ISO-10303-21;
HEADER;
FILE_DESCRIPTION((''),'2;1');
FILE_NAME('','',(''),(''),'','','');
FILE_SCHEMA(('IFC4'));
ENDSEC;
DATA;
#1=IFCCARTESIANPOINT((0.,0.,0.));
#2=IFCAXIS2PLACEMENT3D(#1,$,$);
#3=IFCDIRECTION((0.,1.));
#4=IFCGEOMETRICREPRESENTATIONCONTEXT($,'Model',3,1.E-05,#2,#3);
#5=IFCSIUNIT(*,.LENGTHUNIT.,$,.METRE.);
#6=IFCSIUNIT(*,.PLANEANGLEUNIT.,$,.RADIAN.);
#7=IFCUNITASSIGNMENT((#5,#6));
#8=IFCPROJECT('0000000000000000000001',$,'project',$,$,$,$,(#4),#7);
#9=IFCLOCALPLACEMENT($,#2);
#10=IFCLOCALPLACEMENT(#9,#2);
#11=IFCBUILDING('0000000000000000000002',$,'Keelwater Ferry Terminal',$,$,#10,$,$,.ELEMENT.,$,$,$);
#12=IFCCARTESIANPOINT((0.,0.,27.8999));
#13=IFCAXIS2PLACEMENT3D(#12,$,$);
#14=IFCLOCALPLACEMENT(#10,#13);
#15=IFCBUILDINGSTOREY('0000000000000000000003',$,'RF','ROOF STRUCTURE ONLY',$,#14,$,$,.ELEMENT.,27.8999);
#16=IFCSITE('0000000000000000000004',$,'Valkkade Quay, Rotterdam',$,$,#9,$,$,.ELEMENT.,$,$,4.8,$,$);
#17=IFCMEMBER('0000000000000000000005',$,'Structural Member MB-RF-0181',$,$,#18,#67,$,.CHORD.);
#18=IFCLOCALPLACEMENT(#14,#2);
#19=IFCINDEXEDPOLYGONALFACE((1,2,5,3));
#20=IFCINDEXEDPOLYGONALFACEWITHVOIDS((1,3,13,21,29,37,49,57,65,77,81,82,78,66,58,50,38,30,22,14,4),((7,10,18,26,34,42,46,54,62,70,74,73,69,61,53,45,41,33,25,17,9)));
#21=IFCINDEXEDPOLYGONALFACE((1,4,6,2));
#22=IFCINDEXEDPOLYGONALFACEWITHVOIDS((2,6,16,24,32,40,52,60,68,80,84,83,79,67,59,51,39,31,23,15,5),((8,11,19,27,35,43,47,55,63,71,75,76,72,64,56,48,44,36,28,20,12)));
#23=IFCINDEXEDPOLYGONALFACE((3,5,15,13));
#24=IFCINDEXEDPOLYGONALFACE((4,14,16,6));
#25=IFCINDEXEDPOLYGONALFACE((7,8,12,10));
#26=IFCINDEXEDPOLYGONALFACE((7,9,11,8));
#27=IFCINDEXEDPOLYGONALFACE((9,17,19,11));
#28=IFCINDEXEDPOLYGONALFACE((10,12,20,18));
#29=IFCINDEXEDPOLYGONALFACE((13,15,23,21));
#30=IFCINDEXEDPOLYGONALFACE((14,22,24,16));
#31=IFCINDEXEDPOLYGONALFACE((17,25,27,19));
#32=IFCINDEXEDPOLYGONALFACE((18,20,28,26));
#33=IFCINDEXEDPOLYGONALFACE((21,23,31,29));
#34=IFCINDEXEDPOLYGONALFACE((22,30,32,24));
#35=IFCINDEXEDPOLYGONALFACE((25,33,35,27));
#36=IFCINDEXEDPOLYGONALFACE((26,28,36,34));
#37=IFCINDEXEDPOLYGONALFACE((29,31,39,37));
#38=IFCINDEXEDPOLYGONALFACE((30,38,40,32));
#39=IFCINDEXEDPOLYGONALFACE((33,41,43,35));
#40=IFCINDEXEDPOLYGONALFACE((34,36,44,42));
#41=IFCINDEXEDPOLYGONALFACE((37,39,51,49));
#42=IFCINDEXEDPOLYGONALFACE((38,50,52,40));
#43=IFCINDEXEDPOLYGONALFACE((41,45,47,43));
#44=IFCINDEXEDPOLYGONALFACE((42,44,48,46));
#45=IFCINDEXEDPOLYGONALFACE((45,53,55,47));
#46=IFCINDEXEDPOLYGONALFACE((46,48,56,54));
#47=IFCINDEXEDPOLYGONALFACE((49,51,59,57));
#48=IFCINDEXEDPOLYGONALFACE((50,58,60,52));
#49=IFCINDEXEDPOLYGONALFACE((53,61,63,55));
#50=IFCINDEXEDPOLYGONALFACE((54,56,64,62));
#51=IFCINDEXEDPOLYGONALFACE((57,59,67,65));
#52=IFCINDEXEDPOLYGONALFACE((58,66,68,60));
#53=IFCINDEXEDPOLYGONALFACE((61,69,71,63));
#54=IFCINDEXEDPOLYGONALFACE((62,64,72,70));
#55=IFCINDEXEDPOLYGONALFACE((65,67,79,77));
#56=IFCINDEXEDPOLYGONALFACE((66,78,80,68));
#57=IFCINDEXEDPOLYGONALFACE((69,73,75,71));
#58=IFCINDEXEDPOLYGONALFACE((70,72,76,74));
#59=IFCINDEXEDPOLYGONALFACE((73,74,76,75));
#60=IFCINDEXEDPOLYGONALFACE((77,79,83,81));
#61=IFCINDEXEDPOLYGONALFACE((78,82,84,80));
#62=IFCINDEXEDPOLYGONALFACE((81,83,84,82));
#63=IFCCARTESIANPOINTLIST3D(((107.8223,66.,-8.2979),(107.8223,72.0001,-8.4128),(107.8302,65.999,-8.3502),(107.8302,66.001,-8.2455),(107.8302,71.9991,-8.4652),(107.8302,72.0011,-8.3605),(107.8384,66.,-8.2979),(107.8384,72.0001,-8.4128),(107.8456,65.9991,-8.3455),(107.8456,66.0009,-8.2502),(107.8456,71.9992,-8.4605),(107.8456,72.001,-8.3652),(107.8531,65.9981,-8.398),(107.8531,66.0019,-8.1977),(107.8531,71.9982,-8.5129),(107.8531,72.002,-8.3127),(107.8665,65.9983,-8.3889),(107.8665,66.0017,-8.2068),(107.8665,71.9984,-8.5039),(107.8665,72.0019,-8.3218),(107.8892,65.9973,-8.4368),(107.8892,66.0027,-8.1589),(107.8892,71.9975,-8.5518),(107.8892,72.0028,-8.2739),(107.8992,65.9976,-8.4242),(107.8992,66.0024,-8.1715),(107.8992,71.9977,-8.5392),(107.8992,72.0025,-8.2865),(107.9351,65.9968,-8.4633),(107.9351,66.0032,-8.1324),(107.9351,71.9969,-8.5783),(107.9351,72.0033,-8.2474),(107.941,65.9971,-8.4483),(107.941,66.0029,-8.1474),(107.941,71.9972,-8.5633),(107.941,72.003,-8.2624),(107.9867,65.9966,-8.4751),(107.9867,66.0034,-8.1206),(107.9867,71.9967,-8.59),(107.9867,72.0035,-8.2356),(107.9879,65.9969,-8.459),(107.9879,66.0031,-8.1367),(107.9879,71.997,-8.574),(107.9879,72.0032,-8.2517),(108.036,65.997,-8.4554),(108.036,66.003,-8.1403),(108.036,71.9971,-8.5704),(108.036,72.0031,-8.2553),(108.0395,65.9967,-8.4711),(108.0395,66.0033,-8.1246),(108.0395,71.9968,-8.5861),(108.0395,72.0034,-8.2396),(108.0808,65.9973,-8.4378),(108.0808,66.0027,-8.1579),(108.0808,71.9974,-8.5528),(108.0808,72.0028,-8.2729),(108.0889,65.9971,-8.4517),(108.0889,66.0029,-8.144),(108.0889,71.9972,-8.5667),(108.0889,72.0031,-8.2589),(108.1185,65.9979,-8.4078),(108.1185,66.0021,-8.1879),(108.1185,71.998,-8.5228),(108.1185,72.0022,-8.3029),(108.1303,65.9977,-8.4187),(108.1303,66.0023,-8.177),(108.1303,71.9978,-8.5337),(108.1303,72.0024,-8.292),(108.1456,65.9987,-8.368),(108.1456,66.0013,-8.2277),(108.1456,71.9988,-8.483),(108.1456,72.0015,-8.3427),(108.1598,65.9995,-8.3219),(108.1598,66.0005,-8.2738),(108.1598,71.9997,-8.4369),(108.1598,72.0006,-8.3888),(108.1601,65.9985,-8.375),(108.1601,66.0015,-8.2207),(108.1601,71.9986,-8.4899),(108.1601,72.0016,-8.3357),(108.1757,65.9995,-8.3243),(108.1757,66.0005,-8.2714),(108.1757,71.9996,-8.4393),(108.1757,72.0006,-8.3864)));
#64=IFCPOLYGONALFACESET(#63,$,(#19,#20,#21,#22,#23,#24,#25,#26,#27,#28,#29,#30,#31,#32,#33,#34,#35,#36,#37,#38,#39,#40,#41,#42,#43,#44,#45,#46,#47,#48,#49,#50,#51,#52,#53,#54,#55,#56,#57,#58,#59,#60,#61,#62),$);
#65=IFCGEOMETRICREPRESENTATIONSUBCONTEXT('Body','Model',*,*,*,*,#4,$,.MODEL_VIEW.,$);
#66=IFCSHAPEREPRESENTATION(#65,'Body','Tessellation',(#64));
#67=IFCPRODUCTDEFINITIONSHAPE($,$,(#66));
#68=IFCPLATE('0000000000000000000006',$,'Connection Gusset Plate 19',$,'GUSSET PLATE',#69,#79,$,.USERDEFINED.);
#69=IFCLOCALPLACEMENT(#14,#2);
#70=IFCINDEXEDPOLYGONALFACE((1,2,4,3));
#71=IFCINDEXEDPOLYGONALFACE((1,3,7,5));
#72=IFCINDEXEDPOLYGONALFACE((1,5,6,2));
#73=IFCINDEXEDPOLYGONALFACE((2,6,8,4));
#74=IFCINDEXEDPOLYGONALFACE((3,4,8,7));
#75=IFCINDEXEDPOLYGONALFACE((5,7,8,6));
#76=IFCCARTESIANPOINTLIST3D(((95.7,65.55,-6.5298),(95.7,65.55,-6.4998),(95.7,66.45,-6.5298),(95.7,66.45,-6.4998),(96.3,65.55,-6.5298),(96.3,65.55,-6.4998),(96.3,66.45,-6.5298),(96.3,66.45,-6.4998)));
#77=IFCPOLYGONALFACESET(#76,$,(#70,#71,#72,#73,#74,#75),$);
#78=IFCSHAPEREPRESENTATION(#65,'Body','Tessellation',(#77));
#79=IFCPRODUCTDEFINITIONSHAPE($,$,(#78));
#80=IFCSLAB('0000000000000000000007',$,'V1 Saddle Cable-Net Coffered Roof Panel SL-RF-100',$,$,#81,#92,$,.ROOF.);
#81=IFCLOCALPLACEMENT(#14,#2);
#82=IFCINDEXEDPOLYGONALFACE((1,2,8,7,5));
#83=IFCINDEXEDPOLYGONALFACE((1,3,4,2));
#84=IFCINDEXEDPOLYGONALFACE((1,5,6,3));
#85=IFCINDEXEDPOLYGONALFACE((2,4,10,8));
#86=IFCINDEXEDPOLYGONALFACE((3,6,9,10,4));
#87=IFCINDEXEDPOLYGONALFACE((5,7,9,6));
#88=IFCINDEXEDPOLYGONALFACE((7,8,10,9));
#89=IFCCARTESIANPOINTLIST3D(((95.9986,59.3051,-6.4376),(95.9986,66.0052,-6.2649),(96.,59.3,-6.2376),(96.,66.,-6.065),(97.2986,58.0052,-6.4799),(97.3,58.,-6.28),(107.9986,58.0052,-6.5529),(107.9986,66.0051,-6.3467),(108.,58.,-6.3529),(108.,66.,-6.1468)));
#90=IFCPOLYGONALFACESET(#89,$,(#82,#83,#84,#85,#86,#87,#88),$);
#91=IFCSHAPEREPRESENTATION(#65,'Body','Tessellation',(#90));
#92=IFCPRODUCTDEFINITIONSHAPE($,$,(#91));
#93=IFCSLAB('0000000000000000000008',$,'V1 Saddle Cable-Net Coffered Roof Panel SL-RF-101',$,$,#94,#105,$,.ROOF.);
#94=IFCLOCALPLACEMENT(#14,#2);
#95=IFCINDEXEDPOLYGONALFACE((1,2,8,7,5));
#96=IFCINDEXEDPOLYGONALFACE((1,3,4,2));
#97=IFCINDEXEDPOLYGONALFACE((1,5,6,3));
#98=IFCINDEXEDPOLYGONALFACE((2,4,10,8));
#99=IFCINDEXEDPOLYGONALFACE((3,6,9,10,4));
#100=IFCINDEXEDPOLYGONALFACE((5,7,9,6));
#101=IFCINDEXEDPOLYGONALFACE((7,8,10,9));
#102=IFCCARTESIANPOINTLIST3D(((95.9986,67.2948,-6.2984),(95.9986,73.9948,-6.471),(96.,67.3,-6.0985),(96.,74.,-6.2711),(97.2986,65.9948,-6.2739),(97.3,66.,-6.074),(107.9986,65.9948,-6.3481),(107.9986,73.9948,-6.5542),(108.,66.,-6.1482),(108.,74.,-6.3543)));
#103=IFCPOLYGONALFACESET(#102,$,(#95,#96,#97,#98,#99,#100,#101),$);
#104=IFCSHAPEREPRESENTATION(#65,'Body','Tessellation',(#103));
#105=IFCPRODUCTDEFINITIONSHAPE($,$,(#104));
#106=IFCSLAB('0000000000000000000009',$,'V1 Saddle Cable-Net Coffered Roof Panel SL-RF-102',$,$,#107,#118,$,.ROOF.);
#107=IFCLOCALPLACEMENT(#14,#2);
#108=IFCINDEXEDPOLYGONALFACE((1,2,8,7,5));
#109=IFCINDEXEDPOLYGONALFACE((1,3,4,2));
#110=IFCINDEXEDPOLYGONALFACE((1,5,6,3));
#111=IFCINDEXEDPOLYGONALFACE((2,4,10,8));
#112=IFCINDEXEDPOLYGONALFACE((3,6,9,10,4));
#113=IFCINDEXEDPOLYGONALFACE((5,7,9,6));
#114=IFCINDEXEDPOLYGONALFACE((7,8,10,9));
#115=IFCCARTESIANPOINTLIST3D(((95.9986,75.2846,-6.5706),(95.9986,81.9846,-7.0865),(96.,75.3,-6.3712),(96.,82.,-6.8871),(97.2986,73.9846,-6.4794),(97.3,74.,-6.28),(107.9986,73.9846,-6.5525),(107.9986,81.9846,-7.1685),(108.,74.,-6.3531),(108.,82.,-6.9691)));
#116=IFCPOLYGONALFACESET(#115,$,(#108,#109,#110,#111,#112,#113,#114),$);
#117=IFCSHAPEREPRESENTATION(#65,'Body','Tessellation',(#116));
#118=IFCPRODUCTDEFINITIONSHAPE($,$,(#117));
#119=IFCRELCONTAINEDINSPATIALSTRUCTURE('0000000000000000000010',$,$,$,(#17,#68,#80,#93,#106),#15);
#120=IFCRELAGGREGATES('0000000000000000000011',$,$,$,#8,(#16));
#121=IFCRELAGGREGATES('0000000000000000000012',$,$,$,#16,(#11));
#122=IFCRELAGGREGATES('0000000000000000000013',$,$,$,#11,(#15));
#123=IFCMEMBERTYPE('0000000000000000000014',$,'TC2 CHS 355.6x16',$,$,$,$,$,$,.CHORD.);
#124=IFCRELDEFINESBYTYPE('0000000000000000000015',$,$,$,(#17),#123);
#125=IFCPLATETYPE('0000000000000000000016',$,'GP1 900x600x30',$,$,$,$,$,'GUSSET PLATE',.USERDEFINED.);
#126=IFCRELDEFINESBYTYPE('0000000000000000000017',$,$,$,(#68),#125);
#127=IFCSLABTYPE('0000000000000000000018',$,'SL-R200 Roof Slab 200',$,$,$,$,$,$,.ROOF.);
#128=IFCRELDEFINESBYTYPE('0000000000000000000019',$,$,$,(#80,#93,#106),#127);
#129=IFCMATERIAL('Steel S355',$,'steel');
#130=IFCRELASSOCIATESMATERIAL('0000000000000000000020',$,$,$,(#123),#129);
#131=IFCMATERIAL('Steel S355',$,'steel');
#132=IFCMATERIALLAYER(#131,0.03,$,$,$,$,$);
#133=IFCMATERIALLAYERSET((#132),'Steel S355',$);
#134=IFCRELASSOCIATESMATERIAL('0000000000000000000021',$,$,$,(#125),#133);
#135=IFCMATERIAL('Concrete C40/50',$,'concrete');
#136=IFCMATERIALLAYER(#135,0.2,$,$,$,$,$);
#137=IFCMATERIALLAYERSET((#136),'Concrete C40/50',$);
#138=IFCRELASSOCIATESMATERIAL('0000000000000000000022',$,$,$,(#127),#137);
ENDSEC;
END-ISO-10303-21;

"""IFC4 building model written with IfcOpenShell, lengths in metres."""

from ifc_helpers import new_model, si_unit, direction, frame, origin, origin_with_axes, origin_2d, place, context, subcontext, project, spatial, polyline, rectangle, hollow_circle, outline, extrude, material, layer, layer_set, material_profile, profile_set, type_object, element, save


model = new_model("IFC4")

# Units and contexts
model_context = context("Model", 3, precision=1e-05, world=origin(), true_north=direction((0.0, 1.0)))
body_context = subcontext(model_context, "Body", "Model", "MODEL_VIEW")
ifc_project = project(units=[si_unit("LENGTHUNIT", "METRE"), si_unit("PLANEANGLEUNIT", "RADIAN")], contexts=[model_context])

# Site, building, storey
site_placement = place(None, origin())
site = spatial("IfcSite", under=ifc_project, at=site_placement, Name="Valkkade Quay, Rotterdam", CompositionType="ELEMENT", RefElevation=4.8)
building_placement = place(site_placement, origin())
building = spatial("IfcBuilding", under=site, at=building_placement, Name="Keelwater Ferry Terminal", CompositionType="ELEMENT")
storey_placement = place(building_placement, frame((0.0, 0.0, 27.8999)))
storey = spatial("IfcBuildingStorey", under=building, at=storey_placement, Name="RF", Description="ROOF STRUCTURE ONLY", CompositionType="ELEMENT", Elevation=27.8999)

# Member
ifc_material_1 = material(Name="Steel S355", Category="steel")
ifc_material_profile_1 = material_profile(ifc_material_1, hollow_circle(Radius=0.1777, WallThickness=0.0161, at=origin_2d()), Name="CHS 355.6x16")
ifc_profile_set_1 = profile_set([ifc_material_profile_1], Name="Steel S355")
member_type_1 = type_object("IfcMemberType", Name="TC2 CHS 355.6x16", PredefinedType="CHORD", material=ifc_profile_set_1)
for number, where, z_axis, x_axis, name in (
    (1, (108.0, 66.0, -8.2979), (0.0, 0.999816, -0.019162), (-1.0, 0.0, 0.0), "Structural Member MB-RF-0181"),
):
    element("IfcMember", number, at=place(storey_placement, frame(where, z_axis=z_axis, x_axis=x_axis)), inside=storey, type_object=member_type_1, Name=name, PredefinedType="CHORD", context=body_context, shape_type="SweptSolid", body=[
        extrude(hollow_circle(Radius=0.1777, WallThickness=0.0161, at=origin_2d()), origin(), (0.0, 0.0, 1.0), 6.0012),
    ])

# Plate
ifc_material_2 = material(Name="Steel S355", Category="steel")
ifc_layer_1 = layer(ifc_material_2, 0.03)
ifc_layer_set_1 = layer_set([ifc_layer_1], Name="Steel S355")
plate_type = type_object("IfcPlateType", Name="GP1 900x600x30", ElementType="GUSSET PLATE", PredefinedType="USERDEFINED", material=ifc_layer_set_1)
plate_placement = place(storey_placement, frame((96.0, 66.0, -6.5298), z_axis=(0.0, 0.0, 1.0), x_axis=(0.0, 1.0, 0.0)))
element("IfcPlate", 2, at=plate_placement, inside=storey, type_object=plate_type, Name="Connection Gusset Plate 19", ObjectType="GUSSET PLATE", PredefinedType="USERDEFINED", context=body_context, shape_type="SweptSolid", body=[
    extrude(rectangle(XDim=0.8999, YDim=0.6001, at=origin_2d()), origin(), (0.0, 0.0, 1.0), 0.03),
])

# Slabs
ifc_material_3 = material(Name="Concrete C40/50", Category="concrete")
ifc_layer_2 = layer(ifc_material_3, 0.2)
ifc_layer_set_2 = layer_set([ifc_layer_2], Name="Concrete C40/50")
slab_type = type_object("IfcSlabType", Name="SL-R200 Roof Slab 200", PredefinedType="ROOF", material=ifc_layer_set_2)
slab_1_placement = place(storey_placement, frame((97.2986, 58.0052, -6.4799), z_axis=(0.006814, -0.025759, 0.999645), x_axis=(0.999977, 0.000176, -0.006812)))
element("IfcSlab", 3, at=slab_1_placement, inside=storey, type_object=slab_type, Name="V1 Saddle Cable-Net Coffered Roof Panel SL-RF-100", PredefinedType="ROOF", context=body_context, shape_type="SweptSolid", body=[
    extrude(outline(polyline([(0.0, 0.0), (10.7002, -0.0019), (10.7002, 8.0008), (-1.3, 8.0029), (-1.3, 1.3007), (0.0, 0.0)])), origin_with_axes(), (0.0, 0.0, 1.0), 0.2),
])
slab_2_placement = place(storey_placement, frame((97.2986, 65.9948, -6.2739), z_axis=(0.006928, 0.025753, 0.999644), x_axis=(0.999976, -0.000178, -0.006926)))
element("IfcSlab", 4, at=slab_2_placement, inside=storey, type_object=slab_type, Name="V1 Saddle Cable-Net Coffered Roof Panel SL-RF-101", PredefinedType="ROOF", context=body_context, shape_type="SweptSolid", body=[
    extrude(outline(polyline([(0.0, 0.0), (10.7003, 0.0019), (10.7003, 8.0046), (-1.3, 8.0024), (-1.3, 1.3002), (0.0, 0.0)])), origin_with_axes(), (0.0, 0.0, 1.0), 0.2),
])
slab_3_placement = place(storey_placement, frame((97.2986, 73.9846, -6.4794), z_axis=(0.006814, 0.076768, 0.997026), x_axis=(0.999977, -0.000523, -0.006793)))
element("IfcSlab", 5, at=slab_3_placement, inside=storey, type_object=slab_type, Name="V1 Saddle Cable-Net Coffered Roof Panel SL-RF-102", PredefinedType="ROOF", context=body_context, shape_type="SweptSolid", body=[
    extrude(outline(polyline([(0.0, 0.0), (10.7002, 0.0056), (10.7002, 8.0293), (-1.3, 8.023), (-1.3, 1.3031), (0.0, 0.0)])), origin_with_axes(), (0.0, 0.0, 1.0), 0.2),
])

save(model, "model.ifc")
